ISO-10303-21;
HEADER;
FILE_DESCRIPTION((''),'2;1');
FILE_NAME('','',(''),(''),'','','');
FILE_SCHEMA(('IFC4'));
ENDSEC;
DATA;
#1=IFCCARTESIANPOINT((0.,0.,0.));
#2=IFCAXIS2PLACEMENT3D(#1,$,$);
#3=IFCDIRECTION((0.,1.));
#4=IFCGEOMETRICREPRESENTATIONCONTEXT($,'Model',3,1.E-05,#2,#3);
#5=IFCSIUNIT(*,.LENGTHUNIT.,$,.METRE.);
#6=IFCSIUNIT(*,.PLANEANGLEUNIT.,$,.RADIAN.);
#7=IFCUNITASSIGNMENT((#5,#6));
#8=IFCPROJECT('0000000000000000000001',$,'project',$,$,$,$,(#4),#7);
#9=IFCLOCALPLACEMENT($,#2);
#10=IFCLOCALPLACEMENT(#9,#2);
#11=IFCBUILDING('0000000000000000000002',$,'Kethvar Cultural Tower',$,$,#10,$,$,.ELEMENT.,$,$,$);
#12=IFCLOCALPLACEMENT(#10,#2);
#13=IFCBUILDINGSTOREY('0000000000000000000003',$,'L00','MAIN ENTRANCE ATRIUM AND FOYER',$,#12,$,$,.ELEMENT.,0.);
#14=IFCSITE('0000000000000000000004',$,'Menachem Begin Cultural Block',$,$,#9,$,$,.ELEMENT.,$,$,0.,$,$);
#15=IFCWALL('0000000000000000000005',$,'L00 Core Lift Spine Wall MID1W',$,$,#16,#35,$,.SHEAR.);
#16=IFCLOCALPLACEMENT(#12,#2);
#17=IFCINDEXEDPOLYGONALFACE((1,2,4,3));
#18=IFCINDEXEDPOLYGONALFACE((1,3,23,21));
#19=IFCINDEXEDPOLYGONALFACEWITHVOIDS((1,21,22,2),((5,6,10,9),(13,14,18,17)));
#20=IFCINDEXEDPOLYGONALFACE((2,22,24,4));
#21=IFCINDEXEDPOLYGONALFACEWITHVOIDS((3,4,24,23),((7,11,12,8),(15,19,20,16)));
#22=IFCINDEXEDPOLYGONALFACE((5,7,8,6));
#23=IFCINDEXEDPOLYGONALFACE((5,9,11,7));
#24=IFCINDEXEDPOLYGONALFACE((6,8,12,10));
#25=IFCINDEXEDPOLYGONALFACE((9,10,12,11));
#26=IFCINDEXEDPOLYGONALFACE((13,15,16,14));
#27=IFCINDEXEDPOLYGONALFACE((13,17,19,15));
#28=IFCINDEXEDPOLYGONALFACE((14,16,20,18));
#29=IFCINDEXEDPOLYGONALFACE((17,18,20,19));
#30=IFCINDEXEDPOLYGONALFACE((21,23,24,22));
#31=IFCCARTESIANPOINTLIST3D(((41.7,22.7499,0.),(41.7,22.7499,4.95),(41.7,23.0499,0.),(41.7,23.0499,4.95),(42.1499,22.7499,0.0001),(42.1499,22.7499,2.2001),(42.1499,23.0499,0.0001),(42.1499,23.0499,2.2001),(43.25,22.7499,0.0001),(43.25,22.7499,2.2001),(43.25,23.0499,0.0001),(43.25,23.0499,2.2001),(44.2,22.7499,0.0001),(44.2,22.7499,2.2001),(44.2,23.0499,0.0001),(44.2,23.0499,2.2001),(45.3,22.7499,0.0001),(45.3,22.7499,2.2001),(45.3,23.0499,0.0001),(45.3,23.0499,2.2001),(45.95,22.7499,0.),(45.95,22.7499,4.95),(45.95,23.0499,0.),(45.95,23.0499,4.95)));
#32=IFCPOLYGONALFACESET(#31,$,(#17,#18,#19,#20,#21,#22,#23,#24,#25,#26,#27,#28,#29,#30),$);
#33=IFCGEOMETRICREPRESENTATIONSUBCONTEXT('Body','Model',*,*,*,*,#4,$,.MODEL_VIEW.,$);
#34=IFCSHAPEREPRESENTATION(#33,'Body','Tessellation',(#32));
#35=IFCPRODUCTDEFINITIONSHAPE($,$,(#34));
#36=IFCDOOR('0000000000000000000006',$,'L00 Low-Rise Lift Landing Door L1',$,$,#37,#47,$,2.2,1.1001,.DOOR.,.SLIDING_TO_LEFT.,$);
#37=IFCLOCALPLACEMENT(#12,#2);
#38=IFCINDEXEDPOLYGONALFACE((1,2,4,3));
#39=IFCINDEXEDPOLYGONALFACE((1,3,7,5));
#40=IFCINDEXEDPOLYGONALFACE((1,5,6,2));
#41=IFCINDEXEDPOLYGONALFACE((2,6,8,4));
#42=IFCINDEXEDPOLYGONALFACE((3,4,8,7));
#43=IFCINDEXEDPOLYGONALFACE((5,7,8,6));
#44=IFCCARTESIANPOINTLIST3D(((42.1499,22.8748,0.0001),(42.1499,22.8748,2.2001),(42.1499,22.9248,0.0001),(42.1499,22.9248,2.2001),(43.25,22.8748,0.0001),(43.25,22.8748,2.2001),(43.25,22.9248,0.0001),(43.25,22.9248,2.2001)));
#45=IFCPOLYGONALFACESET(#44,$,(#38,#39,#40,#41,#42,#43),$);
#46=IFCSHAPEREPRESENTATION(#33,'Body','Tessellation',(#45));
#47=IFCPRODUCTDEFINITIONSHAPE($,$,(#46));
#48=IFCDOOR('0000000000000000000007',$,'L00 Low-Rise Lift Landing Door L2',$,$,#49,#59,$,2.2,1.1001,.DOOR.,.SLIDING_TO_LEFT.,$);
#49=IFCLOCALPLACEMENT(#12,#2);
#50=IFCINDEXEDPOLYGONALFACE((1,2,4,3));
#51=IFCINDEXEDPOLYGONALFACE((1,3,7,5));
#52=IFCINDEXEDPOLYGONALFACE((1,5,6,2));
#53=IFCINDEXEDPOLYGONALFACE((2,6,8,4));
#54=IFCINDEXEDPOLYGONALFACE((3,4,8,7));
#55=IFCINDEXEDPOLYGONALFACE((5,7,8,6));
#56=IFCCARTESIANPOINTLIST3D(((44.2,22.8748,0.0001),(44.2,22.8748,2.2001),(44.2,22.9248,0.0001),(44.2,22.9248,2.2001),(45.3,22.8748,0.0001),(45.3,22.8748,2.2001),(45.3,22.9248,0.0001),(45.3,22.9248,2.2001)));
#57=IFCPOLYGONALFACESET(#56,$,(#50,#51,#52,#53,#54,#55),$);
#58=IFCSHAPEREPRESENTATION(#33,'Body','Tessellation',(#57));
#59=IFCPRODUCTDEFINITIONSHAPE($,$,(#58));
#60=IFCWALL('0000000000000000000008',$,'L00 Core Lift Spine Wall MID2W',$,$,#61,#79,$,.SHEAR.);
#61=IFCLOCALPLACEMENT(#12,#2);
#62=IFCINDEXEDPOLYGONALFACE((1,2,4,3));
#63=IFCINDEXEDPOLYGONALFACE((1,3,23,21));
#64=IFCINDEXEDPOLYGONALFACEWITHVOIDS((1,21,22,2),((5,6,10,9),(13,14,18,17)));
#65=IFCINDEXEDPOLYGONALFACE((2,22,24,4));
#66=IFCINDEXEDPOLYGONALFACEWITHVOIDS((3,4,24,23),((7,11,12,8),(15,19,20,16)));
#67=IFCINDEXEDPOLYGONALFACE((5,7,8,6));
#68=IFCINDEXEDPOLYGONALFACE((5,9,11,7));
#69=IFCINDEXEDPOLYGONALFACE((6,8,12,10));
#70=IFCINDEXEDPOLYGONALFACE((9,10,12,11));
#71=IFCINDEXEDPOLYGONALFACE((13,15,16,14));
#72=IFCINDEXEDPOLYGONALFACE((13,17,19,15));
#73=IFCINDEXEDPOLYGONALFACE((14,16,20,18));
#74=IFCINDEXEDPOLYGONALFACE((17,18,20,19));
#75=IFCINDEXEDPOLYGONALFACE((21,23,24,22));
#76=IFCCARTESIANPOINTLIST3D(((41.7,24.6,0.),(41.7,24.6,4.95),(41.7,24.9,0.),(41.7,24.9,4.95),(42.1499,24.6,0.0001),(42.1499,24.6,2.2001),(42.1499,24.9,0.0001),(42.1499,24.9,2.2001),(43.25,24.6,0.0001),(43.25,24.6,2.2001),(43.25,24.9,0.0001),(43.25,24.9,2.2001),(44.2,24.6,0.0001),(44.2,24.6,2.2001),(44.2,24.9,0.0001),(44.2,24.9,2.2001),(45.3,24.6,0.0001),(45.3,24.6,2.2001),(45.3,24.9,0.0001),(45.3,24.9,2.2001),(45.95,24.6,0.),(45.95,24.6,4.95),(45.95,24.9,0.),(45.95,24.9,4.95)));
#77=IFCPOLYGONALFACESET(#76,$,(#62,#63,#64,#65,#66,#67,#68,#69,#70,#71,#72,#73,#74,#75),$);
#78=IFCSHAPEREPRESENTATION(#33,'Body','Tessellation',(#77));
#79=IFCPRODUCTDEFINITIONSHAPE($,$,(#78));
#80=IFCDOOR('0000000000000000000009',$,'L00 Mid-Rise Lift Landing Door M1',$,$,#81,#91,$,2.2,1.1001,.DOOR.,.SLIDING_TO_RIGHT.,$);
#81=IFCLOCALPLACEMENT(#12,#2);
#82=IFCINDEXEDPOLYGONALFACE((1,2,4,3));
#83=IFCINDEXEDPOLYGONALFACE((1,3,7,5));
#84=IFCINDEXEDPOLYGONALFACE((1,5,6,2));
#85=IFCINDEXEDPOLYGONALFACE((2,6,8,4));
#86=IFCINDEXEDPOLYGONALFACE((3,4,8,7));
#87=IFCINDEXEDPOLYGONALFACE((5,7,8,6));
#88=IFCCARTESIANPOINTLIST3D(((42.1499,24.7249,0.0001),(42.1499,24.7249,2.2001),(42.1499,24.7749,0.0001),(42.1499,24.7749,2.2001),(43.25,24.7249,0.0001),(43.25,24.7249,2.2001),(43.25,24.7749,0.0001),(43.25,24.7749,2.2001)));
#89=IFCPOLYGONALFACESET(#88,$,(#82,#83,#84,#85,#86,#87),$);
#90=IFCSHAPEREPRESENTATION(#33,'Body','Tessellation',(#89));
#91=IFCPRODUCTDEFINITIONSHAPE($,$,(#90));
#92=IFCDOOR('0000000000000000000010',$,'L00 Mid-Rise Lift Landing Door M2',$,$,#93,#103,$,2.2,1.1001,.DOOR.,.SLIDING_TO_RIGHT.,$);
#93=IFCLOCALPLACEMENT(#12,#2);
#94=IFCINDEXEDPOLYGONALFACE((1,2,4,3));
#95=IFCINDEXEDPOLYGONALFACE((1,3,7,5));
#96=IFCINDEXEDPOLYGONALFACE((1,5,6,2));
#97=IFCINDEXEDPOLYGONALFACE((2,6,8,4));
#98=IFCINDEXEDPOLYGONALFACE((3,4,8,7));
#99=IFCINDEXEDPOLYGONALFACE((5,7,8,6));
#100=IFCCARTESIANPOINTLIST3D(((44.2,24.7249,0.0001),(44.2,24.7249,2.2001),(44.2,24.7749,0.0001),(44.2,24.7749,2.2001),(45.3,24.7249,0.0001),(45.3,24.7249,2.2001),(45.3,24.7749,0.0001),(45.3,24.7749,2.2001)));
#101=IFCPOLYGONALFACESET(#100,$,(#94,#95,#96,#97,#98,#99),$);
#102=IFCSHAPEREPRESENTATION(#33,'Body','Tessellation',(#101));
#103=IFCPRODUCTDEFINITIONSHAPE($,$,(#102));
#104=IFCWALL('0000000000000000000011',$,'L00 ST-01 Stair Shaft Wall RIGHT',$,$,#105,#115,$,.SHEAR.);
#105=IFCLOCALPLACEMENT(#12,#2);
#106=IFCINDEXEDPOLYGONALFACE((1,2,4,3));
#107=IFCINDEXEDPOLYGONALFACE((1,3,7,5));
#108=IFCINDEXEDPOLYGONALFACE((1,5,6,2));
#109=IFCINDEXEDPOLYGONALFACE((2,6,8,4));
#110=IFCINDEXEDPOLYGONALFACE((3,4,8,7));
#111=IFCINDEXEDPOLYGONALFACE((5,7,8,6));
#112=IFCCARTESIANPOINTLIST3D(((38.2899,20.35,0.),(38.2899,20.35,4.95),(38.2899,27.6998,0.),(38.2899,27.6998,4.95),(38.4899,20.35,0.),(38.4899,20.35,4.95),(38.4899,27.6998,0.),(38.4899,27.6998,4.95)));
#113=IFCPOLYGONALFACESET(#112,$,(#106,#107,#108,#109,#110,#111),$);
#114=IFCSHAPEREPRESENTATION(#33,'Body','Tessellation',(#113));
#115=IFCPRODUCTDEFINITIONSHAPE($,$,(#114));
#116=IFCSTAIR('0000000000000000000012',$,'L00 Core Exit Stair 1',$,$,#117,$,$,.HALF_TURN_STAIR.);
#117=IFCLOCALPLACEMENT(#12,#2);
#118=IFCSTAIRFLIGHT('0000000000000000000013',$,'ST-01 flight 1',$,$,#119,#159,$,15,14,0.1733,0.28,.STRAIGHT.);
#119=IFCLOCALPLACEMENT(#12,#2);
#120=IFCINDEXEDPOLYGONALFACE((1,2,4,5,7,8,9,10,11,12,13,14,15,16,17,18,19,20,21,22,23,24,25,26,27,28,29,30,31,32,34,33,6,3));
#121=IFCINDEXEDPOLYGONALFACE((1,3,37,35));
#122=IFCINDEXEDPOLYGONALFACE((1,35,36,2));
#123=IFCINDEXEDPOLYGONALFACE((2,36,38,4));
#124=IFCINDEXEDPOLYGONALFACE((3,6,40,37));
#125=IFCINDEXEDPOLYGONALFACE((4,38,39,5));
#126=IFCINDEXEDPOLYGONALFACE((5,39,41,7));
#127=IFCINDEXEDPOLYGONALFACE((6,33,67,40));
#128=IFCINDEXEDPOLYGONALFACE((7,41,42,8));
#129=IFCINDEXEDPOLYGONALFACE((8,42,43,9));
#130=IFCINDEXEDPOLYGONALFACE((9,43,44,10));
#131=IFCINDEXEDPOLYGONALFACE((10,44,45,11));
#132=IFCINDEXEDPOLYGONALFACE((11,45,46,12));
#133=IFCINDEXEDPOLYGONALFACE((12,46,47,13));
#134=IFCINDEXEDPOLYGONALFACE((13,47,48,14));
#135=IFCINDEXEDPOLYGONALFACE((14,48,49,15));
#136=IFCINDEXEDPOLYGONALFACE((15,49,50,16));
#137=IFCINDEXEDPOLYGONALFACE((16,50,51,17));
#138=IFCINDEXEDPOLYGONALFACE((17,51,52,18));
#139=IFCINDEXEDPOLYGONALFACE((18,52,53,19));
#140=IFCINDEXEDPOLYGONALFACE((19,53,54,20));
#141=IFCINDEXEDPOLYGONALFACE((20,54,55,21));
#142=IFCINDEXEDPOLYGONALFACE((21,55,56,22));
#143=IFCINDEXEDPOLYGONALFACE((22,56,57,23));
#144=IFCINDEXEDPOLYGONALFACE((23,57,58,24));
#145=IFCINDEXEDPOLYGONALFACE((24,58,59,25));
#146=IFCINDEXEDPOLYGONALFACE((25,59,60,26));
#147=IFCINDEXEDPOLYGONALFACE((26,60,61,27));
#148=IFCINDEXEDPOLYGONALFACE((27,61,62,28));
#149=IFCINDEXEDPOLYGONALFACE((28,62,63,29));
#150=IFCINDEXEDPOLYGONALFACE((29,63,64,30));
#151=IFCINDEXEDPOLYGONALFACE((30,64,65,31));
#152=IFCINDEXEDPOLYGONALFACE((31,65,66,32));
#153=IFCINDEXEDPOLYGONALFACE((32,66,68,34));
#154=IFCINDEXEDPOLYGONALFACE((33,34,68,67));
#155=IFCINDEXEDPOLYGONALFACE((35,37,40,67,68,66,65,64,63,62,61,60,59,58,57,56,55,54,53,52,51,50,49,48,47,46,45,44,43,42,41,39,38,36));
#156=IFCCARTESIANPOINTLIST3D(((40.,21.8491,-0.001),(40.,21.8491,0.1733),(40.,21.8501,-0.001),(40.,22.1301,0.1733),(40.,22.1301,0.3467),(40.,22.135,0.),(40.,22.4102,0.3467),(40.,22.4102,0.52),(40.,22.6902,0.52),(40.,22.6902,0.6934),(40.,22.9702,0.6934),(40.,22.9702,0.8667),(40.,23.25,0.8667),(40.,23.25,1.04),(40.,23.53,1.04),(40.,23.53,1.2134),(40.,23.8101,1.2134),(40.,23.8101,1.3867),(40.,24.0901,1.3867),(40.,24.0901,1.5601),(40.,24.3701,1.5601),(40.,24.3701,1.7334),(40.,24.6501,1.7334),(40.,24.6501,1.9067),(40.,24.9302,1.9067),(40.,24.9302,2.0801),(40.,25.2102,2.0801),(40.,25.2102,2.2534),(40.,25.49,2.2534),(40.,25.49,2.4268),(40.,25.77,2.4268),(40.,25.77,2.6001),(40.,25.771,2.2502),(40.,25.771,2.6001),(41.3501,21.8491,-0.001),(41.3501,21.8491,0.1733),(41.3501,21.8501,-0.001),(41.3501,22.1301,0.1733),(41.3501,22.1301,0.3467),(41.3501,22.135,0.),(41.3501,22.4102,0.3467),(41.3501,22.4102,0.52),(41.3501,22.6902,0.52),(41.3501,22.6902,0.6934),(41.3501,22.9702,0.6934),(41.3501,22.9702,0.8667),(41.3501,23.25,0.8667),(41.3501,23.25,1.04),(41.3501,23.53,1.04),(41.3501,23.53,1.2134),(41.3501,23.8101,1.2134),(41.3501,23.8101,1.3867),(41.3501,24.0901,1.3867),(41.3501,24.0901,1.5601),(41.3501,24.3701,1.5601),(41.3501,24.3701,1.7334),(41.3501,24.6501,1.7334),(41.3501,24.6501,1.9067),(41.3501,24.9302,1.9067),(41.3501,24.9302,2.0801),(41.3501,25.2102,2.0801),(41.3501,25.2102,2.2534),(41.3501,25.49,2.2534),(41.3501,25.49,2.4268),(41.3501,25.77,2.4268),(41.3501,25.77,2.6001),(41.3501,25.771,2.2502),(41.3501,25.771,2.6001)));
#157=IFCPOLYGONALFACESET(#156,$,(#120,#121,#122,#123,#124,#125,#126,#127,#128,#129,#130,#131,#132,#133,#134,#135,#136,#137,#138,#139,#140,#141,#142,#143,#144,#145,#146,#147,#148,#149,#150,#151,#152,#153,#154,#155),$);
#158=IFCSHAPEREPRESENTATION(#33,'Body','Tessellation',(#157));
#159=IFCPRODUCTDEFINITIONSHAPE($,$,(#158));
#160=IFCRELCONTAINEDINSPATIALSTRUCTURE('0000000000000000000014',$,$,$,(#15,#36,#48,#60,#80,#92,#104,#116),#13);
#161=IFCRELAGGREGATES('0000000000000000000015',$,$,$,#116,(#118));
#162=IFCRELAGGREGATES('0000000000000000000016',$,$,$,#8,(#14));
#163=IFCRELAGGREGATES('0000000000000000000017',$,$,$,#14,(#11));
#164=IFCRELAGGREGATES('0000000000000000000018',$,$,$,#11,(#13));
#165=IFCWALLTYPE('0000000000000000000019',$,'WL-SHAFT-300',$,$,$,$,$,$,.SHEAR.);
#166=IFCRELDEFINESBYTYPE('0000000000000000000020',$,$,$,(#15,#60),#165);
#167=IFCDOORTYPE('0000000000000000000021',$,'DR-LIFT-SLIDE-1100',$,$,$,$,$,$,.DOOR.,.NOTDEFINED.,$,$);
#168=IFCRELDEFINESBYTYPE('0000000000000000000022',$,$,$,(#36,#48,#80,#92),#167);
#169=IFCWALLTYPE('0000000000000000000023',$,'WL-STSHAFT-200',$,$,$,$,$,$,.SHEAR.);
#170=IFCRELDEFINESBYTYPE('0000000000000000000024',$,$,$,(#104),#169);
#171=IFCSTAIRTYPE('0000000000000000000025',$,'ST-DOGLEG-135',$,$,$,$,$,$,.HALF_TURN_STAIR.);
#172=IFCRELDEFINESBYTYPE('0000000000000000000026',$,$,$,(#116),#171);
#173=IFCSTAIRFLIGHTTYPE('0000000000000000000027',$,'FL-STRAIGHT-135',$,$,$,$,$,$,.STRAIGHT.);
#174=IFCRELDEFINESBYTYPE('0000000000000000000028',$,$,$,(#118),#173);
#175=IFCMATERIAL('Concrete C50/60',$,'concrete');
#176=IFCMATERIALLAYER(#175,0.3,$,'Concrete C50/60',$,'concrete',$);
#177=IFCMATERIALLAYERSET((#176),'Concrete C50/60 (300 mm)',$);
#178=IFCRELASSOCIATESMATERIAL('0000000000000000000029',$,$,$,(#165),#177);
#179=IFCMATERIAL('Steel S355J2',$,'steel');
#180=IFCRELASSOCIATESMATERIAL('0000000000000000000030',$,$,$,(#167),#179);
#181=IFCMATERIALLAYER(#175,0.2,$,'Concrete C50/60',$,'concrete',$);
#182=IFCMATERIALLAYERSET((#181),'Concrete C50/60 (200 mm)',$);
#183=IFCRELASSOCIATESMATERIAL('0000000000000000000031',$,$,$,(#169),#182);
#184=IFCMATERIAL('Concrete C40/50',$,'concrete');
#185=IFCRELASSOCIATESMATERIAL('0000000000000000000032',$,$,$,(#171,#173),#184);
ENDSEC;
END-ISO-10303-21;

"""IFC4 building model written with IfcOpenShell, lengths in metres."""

from ifc_helpers import new_model, si_unit, direction, frame, frame_2d, origin, place, context, subcontext, project, spatial, polyline, rectangle, outline, extrude, source, transform, mapped, material, layer, layer_set, type_object, element, fill, aggregate, save


model = new_model("IFC4")

# Units and contexts
model_context = context("Model", 3, precision=1e-05, world=origin(), true_north=direction((0.0, 1.0)))
body_context = subcontext(model_context, "Body", "Model", "MODEL_VIEW")
ifc_project = project(units=[si_unit("LENGTHUNIT", "METRE"), si_unit("PLANEANGLEUNIT", "RADIAN")], contexts=[model_context])

# Site, building, storey
site_placement = place(None, origin())
site = spatial("IfcSite", under=ifc_project, at=site_placement, Name="Menachem Begin Cultural Block", CompositionType="ELEMENT", RefElevation=0.0)
building_placement = place(site_placement, origin())
building = spatial("IfcBuilding", under=site, at=building_placement, Name="Kethvar Cultural Tower", CompositionType="ELEMENT")
storey_placement = place(building_placement, origin())
storey = spatial("IfcBuildingStorey", under=building, at=storey_placement, Name="L00", Description="MAIN ENTRANCE ATRIUM AND FOYER", CompositionType="ELEMENT", Elevation=0.0)

# Shared definitions
ifc_material_1 = material(Name="Steel S355J2", Category="steel")

# Shared definitions
ifc_material_2 = material(Name="Concrete C40/50", Category="concrete")

# Walls, openings, doors
ifc_material_3 = material(Name="Concrete C50/60", Category="concrete")
ifc_layer_1 = layer(ifc_material_3, 0.3, Name="Concrete C50/60", Category="concrete")
ifc_layer_set_1 = layer_set([ifc_layer_1], Name="Concrete C50/60 (300 mm)")
wall_type_1 = type_object("IfcWallType", Name="WL-SHAFT-300", PredefinedType="SHEAR", material=ifc_layer_set_1)
wall_1_placement = place(storey_placement, frame((41.7, 22.8999, 0.0), z_axis=(0.0, 0.0, 1.0), x_axis=(1.0, 0.0, 0.0)))
wall_1 = element("IfcWall", 1, at=wall_1_placement, inside=storey, type_object=wall_type_1, Name="L00 Core Lift Spine Wall MID1W", PredefinedType="SHEAR", context=body_context, shape_type="SweptSolid", body=[
    extrude(rectangle(XDim=4.25, YDim=0.3, at=frame_2d((2.125, 0.0))), origin(), (0.0, 0.0, 1.0), 4.95),
])
opening_1_placement = place(wall_1_placement, frame((0.45, 0.0, 0.0)))
opening_1 = element("IfcOpeningElement", 2, at=opening_1_placement, cuts=wall_1, PredefinedType="OPENING", context=body_context, shape_type="SweptSolid", body=[
    extrude(rectangle(XDim=1.1001, YDim=2.2, at=frame_2d((0.55, 1.1001))), frame((0.0, 0.1599, 0.0), z_axis=(0.0, -1.0, 0.0), x_axis=(1.0, 0.0, 0.0)), (0.0, 0.0, 1.0), 0.3201),
])
opening_2_placement = place(wall_1_placement, frame((2.5, 0.0, 0.0)))
opening_2 = element("IfcOpeningElement", 3, at=opening_2_placement, cuts=wall_1, PredefinedType="OPENING", context=body_context, shape_type="SweptSolid", body=[
    extrude(rectangle(XDim=1.1001, YDim=2.2, at=frame_2d((0.55, 1.1001))), frame((0.0, 0.1599, 0.0), z_axis=(0.0, -1.0, 0.0), x_axis=(1.0, 0.0, 0.0)), (0.0, 0.0, 1.0), 0.3201),
])
door_type_1 = type_object("IfcDoorType", Name="DR-LIFT-SLIDE-1100", OperationType="NOTDEFINED", PredefinedType="DOOR", material=ifc_material_1)
shared_shape_1 = source(origin(), body_context, "Body", "SweptSolid", [
    extrude(rectangle(XDim=1.1001, YDim=2.2, at=frame_2d((0.55, 1.1001))), frame((0.0, 0.0249, 0.0), z_axis=(0.0, -1.0, 0.0), x_axis=(1.0, 0.0, 0.0)), (0.0, 0.0, 1.0), 0.05),
])
door_1_placement = place(opening_1_placement, origin())
door_1 = element("IfcDoor", 4, at=door_1_placement, inside=storey, type_object=door_type_1, Name="L00 Low-Rise Lift Landing Door L1", OperationType="SLIDING_TO_LEFT", OverallHeight=2.2, OverallWidth=1.1001, PredefinedType="DOOR", context=body_context, shape_type="MappedRepresentation", body=[
    mapped(shared_shape_1, transform((0.0, 0.0, 0.0), scale=1.0)),
])
fill(opening_1, door_1)
door_2_placement = place(opening_2_placement, origin())
door_2 = element("IfcDoor", 5, at=door_2_placement, inside=storey, type_object=door_type_1, Name="L00 Low-Rise Lift Landing Door L2", OperationType="SLIDING_TO_LEFT", OverallHeight=2.2, OverallWidth=1.1001, PredefinedType="DOOR", context=body_context, shape_type="MappedRepresentation", body=[
    mapped(shared_shape_1, transform((0.0, 0.0, 0.0), scale=1.0)),
])
fill(opening_2, door_2)
wall_2_placement = place(storey_placement, frame((41.7, 24.75, 0.0), z_axis=(0.0, 0.0, 1.0), x_axis=(1.0, 0.0, 0.0)))
wall_2 = element("IfcWall", 6, at=wall_2_placement, inside=storey, type_object=wall_type_1, Name="L00 Core Lift Spine Wall MID2W", PredefinedType="SHEAR", context=body_context, shape_type="SweptSolid", body=[
    extrude(rectangle(XDim=4.25, YDim=0.3, at=frame_2d((2.125, 0.0))), origin(), (0.0, 0.0, 1.0), 4.95),
])
opening_3_placement = place(wall_2_placement, frame((0.45, 0.0, 0.0)))
opening_3 = element("IfcOpeningElement", 7, at=opening_3_placement, cuts=wall_2, PredefinedType="OPENING", context=body_context, shape_type="SweptSolid", body=[
    extrude(rectangle(XDim=1.1001, YDim=2.2, at=frame_2d((0.55, 1.1001))), frame((0.0, 0.1599, 0.0), z_axis=(0.0, -1.0, 0.0), x_axis=(1.0, 0.0, 0.0)), (0.0, 0.0, 1.0), 0.3201),
])
opening_4_placement = place(wall_2_placement, frame((2.5, 0.0, 0.0)))
opening_4 = element("IfcOpeningElement", 8, at=opening_4_placement, cuts=wall_2, PredefinedType="OPENING", context=body_context, shape_type="SweptSolid", body=[
    extrude(rectangle(XDim=1.1001, YDim=2.2, at=frame_2d((0.55, 1.1001))), frame((0.0, 0.1599, 0.0), z_axis=(0.0, -1.0, 0.0), x_axis=(1.0, 0.0, 0.0)), (0.0, 0.0, 1.0), 0.3201),
])
door_3_placement = place(opening_3_placement, origin())
door_3 = element("IfcDoor", 9, at=door_3_placement, inside=storey, type_object=door_type_1, Name="L00 Mid-Rise Lift Landing Door M1", OperationType="SLIDING_TO_RIGHT", OverallHeight=2.2, OverallWidth=1.1001, PredefinedType="DOOR", context=body_context, shape_type="MappedRepresentation", body=[
    mapped(shared_shape_1, transform((0.0, 0.0, 0.0), scale=1.0)),
])
fill(opening_3, door_3)
door_4_placement = place(opening_4_placement, origin())
door_4 = element("IfcDoor", 10, at=door_4_placement, inside=storey, type_object=door_type_1, Name="L00 Mid-Rise Lift Landing Door M2", OperationType="SLIDING_TO_RIGHT", OverallHeight=2.2, OverallWidth=1.1001, PredefinedType="DOOR", context=body_context, shape_type="MappedRepresentation", body=[
    mapped(shared_shape_1, transform((0.0, 0.0, 0.0), scale=1.0)),
])
fill(opening_4, door_4)

# Wall
ifc_layer_2 = layer(ifc_material_3, 0.2, Name="Concrete C50/60", Category="concrete")
ifc_layer_set_2 = layer_set([ifc_layer_2], Name="Concrete C50/60 (200 mm)")
wall_type_2 = type_object("IfcWallType", Name="WL-STSHAFT-200", PredefinedType="SHEAR", material=ifc_layer_set_2)
wall_3_placement = place(storey_placement, frame((38.3899, 20.3501, 0.0), z_axis=(0.0, 0.0, 1.0), x_axis=(0.0, 1.0, 0.0)))
element("IfcWall", 11, at=wall_3_placement, inside=storey, type_object=wall_type_2, Name="L00 ST-01 Stair Shaft Wall RIGHT", PredefinedType="SHEAR", context=body_context, shape_type="SweptSolid", body=[
    extrude(rectangle(XDim=7.3499, YDim=0.2, at=frame_2d((3.6748, 0.0))), origin(), (0.0, 0.0, 1.0), 4.95),
])

# Stair, stair flight
stair_type = type_object("IfcStairType", Name="ST-DOGLEG-135", PredefinedType="HALF_TURN_STAIR", material=ifc_material_2)
stair_placement = place(storey_placement, origin())
stair = element("IfcStair", 12, at=stair_placement, inside=storey, type_object=stair_type, Name="L00 Core Exit Stair 1", PredefinedType="HALF_TURN_STAIR")
stair_flight_type = type_object("IfcStairFlightType", Name="FL-STRAIGHT-135", PredefinedType="STRAIGHT", material=ifc_material_2)
stair_flight_1_placement = place(storey_placement, frame((40.675, 21.8501, 0.0), z_axis=(0.0, 0.0, 1.0), x_axis=(0.0, 1.0, 0.0)))
stair_flight_1 = element("IfcStairFlight", 13, at=stair_flight_1_placement, type_object=stair_flight_type, Name="ST-01 flight 1", NumberOfRisers=15, NumberOfTreads=14, PredefinedType="STRAIGHT", RiserHeight=0.1733, TreadLength=0.28, context=body_context, shape_type="SweptSolid", body=[
    extrude(outline(polyline([(-0.001, -0.001), (-0.001, 0.1733), (0.28, 0.1733), (0.28, 0.3467), (0.5601, 0.3467), (0.5601, 0.52), (0.8401, 0.52), (0.8401, 0.6934), (1.1201, 0.6934), (1.1201, 0.8667), (1.3999, 0.8667), (1.3999, 1.04), (1.6799, 1.04), (1.6799, 1.2134), (1.96, 1.2134), (1.96, 1.3867), (2.24, 1.3867), (2.24, 1.5601), (2.52, 1.5601), (2.52, 1.7334), (2.8, 1.7334), (2.8, 1.9067), (3.0801, 1.9067), (3.0801, 2.0801), (3.3601, 2.0801), (3.3601, 2.2534), (3.6399, 2.2534), (3.6399, 2.4268), (3.9199, 2.4268), (3.9199, 2.6001), (3.9209, 2.6001), (3.9209, 2.2502), (0.2849, 0.0), (0.0, -0.001), (-0.001, -0.001)])), frame((0.0, 0.675, 0.0), z_axis=(0.0, -1.0, 0.0), x_axis=(1.0, 0.0, 0.0)), (0.0, 0.0, 1.0), 1.3501),
])
aggregate(stair, [stair_flight_1])

save(model, "model.ifc")
